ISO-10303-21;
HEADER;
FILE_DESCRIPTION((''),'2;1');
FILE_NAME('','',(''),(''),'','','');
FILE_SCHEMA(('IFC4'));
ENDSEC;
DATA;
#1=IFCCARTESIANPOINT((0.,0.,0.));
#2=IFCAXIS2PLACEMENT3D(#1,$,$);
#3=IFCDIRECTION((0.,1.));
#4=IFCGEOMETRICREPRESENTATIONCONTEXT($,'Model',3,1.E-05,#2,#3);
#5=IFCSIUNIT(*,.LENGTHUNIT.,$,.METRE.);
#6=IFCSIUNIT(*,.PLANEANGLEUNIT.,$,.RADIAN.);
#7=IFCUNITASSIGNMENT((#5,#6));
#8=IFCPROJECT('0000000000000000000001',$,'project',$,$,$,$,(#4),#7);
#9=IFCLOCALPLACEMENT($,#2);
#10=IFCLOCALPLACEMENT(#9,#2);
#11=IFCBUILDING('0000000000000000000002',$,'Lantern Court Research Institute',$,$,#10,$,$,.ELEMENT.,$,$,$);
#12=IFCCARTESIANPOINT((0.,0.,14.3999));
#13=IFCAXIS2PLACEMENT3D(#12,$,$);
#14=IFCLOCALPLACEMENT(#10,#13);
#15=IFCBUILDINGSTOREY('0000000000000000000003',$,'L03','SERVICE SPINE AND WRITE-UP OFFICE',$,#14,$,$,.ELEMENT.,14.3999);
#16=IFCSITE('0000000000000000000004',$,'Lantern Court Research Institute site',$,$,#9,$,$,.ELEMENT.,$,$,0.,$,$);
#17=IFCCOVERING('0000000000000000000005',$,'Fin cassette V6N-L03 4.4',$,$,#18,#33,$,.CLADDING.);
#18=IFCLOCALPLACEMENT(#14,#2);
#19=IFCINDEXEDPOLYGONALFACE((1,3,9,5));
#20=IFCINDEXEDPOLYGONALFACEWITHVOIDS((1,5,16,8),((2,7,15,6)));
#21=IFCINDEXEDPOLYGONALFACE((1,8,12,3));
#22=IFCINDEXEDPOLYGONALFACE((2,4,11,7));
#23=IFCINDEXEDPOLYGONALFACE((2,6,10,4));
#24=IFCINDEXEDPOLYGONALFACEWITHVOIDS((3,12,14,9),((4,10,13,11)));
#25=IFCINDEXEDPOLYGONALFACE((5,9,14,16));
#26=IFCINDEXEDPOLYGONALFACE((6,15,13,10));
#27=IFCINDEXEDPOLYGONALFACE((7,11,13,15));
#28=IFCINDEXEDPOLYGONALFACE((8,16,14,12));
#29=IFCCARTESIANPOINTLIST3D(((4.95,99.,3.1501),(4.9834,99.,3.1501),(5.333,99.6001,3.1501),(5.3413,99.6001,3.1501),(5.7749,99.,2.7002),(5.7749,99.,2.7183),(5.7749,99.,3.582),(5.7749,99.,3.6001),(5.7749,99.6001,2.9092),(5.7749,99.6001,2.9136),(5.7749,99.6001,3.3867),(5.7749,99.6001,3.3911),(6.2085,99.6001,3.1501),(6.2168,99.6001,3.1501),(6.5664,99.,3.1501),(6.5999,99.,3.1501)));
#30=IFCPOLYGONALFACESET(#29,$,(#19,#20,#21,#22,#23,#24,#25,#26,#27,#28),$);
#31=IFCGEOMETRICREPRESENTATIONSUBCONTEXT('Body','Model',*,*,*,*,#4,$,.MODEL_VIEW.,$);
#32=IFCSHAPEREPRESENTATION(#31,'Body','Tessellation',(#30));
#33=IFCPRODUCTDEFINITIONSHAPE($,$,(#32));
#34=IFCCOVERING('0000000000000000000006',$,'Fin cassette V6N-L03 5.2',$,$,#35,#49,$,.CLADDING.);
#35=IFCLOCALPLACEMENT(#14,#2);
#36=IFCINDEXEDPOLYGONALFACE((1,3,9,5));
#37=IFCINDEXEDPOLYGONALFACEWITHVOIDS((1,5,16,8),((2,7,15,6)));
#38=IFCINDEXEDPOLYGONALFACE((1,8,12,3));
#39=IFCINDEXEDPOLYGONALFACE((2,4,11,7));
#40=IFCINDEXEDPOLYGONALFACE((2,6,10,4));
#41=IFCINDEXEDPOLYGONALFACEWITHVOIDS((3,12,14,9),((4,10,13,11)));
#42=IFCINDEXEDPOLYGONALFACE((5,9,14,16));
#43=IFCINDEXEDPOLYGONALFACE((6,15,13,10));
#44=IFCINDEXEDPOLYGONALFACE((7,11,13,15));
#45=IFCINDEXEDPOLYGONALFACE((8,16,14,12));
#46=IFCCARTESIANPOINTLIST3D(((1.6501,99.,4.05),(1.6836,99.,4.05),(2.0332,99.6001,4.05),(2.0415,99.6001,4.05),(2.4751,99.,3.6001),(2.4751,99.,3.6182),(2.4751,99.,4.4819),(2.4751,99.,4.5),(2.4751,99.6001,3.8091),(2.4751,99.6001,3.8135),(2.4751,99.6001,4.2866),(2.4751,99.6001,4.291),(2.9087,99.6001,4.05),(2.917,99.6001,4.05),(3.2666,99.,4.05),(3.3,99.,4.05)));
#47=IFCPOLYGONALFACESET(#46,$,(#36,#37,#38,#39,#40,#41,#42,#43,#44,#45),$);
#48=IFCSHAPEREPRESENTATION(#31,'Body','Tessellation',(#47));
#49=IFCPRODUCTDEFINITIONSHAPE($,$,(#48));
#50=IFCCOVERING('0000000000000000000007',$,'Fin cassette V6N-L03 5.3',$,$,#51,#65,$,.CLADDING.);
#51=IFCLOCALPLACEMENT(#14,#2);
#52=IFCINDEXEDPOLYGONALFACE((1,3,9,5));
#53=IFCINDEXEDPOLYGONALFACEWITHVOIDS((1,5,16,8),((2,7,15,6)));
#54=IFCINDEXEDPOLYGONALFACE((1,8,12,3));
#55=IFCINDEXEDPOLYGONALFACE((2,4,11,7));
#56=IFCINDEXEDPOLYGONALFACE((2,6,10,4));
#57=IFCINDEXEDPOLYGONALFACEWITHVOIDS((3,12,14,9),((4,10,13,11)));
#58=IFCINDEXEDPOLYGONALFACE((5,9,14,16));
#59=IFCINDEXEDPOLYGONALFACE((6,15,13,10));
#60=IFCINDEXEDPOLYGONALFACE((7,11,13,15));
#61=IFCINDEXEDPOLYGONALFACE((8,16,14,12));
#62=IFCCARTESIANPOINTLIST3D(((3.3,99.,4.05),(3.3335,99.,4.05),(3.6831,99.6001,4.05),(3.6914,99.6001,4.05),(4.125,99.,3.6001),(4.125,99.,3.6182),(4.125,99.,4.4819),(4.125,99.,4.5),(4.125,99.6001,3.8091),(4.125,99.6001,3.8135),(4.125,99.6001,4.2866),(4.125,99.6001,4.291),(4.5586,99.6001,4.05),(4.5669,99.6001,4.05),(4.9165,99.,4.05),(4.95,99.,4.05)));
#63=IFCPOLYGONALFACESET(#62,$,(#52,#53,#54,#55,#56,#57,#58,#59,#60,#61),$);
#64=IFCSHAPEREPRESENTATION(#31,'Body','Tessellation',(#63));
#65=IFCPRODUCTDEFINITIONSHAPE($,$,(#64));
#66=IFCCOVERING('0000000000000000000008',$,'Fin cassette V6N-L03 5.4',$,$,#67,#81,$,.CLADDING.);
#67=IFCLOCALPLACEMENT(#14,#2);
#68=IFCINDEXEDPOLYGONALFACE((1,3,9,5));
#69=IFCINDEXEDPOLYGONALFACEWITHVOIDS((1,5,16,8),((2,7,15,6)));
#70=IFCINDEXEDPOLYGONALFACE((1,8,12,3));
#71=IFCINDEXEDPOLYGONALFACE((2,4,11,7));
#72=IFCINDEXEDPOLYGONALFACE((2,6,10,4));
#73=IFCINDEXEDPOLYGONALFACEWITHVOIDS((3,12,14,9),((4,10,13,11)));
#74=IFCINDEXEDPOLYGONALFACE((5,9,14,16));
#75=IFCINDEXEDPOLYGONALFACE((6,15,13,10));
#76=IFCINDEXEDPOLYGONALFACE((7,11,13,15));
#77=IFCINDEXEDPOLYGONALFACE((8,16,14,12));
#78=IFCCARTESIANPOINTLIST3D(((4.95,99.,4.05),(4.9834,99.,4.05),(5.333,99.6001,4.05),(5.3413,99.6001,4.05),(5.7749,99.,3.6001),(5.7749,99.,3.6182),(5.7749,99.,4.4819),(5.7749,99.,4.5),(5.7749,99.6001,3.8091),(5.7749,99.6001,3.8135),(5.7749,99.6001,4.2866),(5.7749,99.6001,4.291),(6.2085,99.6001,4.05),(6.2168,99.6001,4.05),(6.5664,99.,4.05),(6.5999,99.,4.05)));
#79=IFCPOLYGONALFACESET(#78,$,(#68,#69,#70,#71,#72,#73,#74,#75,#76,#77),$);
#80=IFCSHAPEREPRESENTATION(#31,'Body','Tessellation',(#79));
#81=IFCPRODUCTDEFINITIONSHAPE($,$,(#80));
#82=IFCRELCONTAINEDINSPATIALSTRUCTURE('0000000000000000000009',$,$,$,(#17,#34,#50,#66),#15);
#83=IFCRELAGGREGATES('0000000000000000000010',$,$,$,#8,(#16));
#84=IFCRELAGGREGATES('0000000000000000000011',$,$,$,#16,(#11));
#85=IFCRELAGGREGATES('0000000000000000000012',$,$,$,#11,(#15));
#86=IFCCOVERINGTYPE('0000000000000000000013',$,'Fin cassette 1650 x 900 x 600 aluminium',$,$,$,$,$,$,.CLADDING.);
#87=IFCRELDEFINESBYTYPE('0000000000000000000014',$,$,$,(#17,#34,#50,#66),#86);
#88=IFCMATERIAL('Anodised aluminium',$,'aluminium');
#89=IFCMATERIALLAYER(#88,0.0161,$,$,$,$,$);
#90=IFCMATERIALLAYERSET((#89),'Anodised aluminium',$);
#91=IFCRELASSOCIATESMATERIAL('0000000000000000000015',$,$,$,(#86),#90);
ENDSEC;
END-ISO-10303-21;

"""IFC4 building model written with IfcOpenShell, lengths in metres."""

from ifc_helpers import new_model, entity, si_unit, direction, frame, origin, place, context, subcontext, project, spatial, material, layer, layer_set, type_object, element, save


model = new_model("IFC4")

# Units and contexts
model_context = context("Model", 3, precision=1e-05, world=origin(), true_north=direction((0.0, 1.0)))
body_context = subcontext(model_context, "Body", "Model", "MODEL_VIEW")
ifc_project = project(units=[si_unit("LENGTHUNIT", "METRE"), si_unit("PLANEANGLEUNIT", "RADIAN")], contexts=[model_context])

# Site, building, storey
site_placement = place(None, origin())
site = spatial("IfcSite", under=ifc_project, at=site_placement, Name="Lantern Court Research Institute site", CompositionType="ELEMENT", RefElevation=0.0)
building_placement = place(site_placement, origin())
building = spatial("IfcBuilding", under=site, at=building_placement, Name="Lantern Court Research Institute", CompositionType="ELEMENT")
storey_placement = place(building_placement, frame((0.0, 0.0, 14.3999)))
storey = spatial("IfcBuildingStorey", under=building, at=storey_placement, Name="L03", Description="SERVICE SPINE AND WRITE-UP OFFICE", CompositionType="ELEMENT", Elevation=14.3999)

# Coverings
ifc_material_1 = material(Name="Anodised aluminium", Category="aluminium")
ifc_layer_1 = layer(ifc_material_1, 0.0161)
ifc_layer_set_1 = layer_set([ifc_layer_1], Name="Anodised aluminium")
covering_type_1 = type_object("IfcCoveringType", Name="Fin cassette 1650 x 900 x 600 aluminium", PredefinedType="CLADDING", material=ifc_layer_set_1)
covering_1_placement = place(storey_placement, frame((5.7749, 99.0, 3.1501), z_axis=(0.0, 1.0, 0.0), x_axis=(-1.0, 0.0, 0.0)))
cartesian_point_1 = entity("IfcCartesianPoint", [0.825, 0.0])
cartesian_point_2 = entity("IfcCartesianPoint", [0.7915, 0.0])
cartesian_point_3 = entity("IfcCartesianPoint", [0.4419, 0.0])
cartesian_point_4 = entity("IfcCartesianPoint", [0.4336, 0.0])
element("IfcCovering", 1, at=covering_1_placement, inside=storey, type_object=covering_type_1, Name="Fin cassette V6N-L03 4.4", PredefinedType="CLADDING", context=body_context, shape_type="SweptSolid", body=[
    entity("IfcExtrudedAreaSolidTapered", entity("IfcArbitraryProfileDefWithVoids", "AREA", None, entity("IfcPolyline", [cartesian_point_1, entity("IfcCartesianPoint", [0.0, 0.45]), entity("IfcCartesianPoint", [-0.825, 0.0]), entity("IfcCartesianPoint", [0.0, -0.45]), cartesian_point_1]), [entity("IfcPolyline", [cartesian_point_2, entity("IfcCartesianPoint", [0.0, 0.4319]), entity("IfcCartesianPoint", [-0.7915, 0.0]), entity("IfcCartesianPoint", [0.0, -0.4319]), cartesian_point_2])]), entity("IfcAxis2Placement3D", entity("IfcCartesianPoint", [0.0, 0.0, 0.0])), entity("IfcDirection", [0.0, 0.0, 1.0]), 0.6001, entity("IfcArbitraryProfileDefWithVoids", "AREA", None, entity("IfcPolyline", [cartesian_point_3, entity("IfcCartesianPoint", [0.0, 0.241]), entity("IfcCartesianPoint", [-0.4419, 0.0]), entity("IfcCartesianPoint", [0.0, -0.241]), cartesian_point_3]), [entity("IfcPolyline", [cartesian_point_4, entity("IfcCartesianPoint", [0.0, 0.2366]), entity("IfcCartesianPoint", [-0.4336, 0.0]), entity("IfcCartesianPoint", [0.0, -0.2366]), cartesian_point_4])])),
])
covering_2_placement = place(storey_placement, frame((2.4751, 99.0, 4.05), z_axis=(0.0, 1.0, 0.0), x_axis=(-1.0, 0.0, 0.0)))
cartesian_point_5 = entity("IfcCartesianPoint", [0.825, 0.0])
cartesian_point_6 = entity("IfcCartesianPoint", [0.7915, 0.0])
cartesian_point_7 = entity("IfcCartesianPoint", [0.4419, 0.0])
cartesian_point_8 = entity("IfcCartesianPoint", [0.4336, 0.0])
element("IfcCovering", 2, at=covering_2_placement, inside=storey, type_object=covering_type_1, Name="Fin cassette V6N-L03 5.2", PredefinedType="CLADDING", context=body_context, shape_type="SweptSolid", body=[
    entity("IfcExtrudedAreaSolidTapered", entity("IfcArbitraryProfileDefWithVoids", "AREA", None, entity("IfcPolyline", [cartesian_point_5, entity("IfcCartesianPoint", [0.0, 0.45]), entity("IfcCartesianPoint", [-0.825, 0.0]), entity("IfcCartesianPoint", [0.0, -0.45]), cartesian_point_5]), [entity("IfcPolyline", [cartesian_point_6, entity("IfcCartesianPoint", [0.0, 0.4319]), entity("IfcCartesianPoint", [-0.7915, 0.0]), entity("IfcCartesianPoint", [0.0, -0.4319]), cartesian_point_6])]), entity("IfcAxis2Placement3D", entity("IfcCartesianPoint", [0.0, 0.0, 0.0])), entity("IfcDirection", [0.0, 0.0, 1.0]), 0.6001, entity("IfcArbitraryProfileDefWithVoids", "AREA", None, entity("IfcPolyline", [cartesian_point_7, entity("IfcCartesianPoint", [0.0, 0.241]), entity("IfcCartesianPoint", [-0.4419, 0.0]), entity("IfcCartesianPoint", [0.0, -0.241]), cartesian_point_7]), [entity("IfcPolyline", [cartesian_point_8, entity("IfcCartesianPoint", [0.0, 0.2366]), entity("IfcCartesianPoint", [-0.4336, 0.0]), entity("IfcCartesianPoint", [0.0, -0.2366]), cartesian_point_8])])),
])
covering_3_placement = place(storey_placement, frame((4.125, 99.0, 4.05), z_axis=(0.0, 1.0, 0.0), x_axis=(-1.0, 0.0, 0.0)))
cartesian_point_9 = entity("IfcCartesianPoint", [0.825, 0.0])
cartesian_point_10 = entity("IfcCartesianPoint", [0.7915, 0.0])
cartesian_point_11 = entity("IfcCartesianPoint", [0.4419, 0.0])
cartesian_point_12 = entity("IfcCartesianPoint", [0.4336, 0.0])
element("IfcCovering", 3, at=covering_3_placement, inside=storey, type_object=covering_type_1, Name="Fin cassette V6N-L03 5.3", PredefinedType="CLADDING", context=body_context, shape_type="SweptSolid", body=[
    entity("IfcExtrudedAreaSolidTapered", entity("IfcArbitraryProfileDefWithVoids", "AREA", None, entity("IfcPolyline", [cartesian_point_9, entity("IfcCartesianPoint", [0.0, 0.45]), entity("IfcCartesianPoint", [-0.825, 0.0]), entity("IfcCartesianPoint", [0.0, -0.45]), cartesian_point_9]), [entity("IfcPolyline", [cartesian_point_10, entity("IfcCartesianPoint", [0.0, 0.4319]), entity("IfcCartesianPoint", [-0.7915, 0.0]), entity("IfcCartesianPoint", [0.0, -0.4319]), cartesian_point_10])]), entity("IfcAxis2Placement3D", entity("IfcCartesianPoint", [0.0, 0.0, 0.0])), entity("IfcDirection", [0.0, 0.0, 1.0]), 0.6001, entity("IfcArbitraryProfileDefWithVoids", "AREA", None, entity("IfcPolyline", [cartesian_point_11, entity("IfcCartesianPoint", [0.0, 0.241]), entity("IfcCartesianPoint", [-0.4419, 0.0]), entity("IfcCartesianPoint", [0.0, -0.241]), cartesian_point_11]), [entity("IfcPolyline", [cartesian_point_12, entity("IfcCartesianPoint", [0.0, 0.2366]), entity("IfcCartesianPoint", [-0.4336, 0.0]), entity("IfcCartesianPoint", [0.0, -0.2366]), cartesian_point_12])])),
])
covering_4_placement = place(storey_placement, frame((5.7749, 99.0, 4.05), z_axis=(0.0, 1.0, 0.0), x_axis=(-1.0, 0.0, 0.0)))
cartesian_point_13 = entity("IfcCartesianPoint", [0.825, 0.0])
cartesian_point_14 = entity("IfcCartesianPoint", [0.7915, 0.0])
cartesian_point_15 = entity("IfcCartesianPoint", [0.4419, 0.0])
cartesian_point_16 = entity("IfcCartesianPoint", [0.4336, 0.0])
element("IfcCovering", 4, at=covering_4_placement, inside=storey, type_object=covering_type_1, Name="Fin cassette V6N-L03 5.4", PredefinedType="CLADDING", context=body_context, shape_type="SweptSolid", body=[
    entity("IfcExtrudedAreaSolidTapered", entity("IfcArbitraryProfileDefWithVoids", "AREA", None, entity("IfcPolyline", [cartesian_point_13, entity("IfcCartesianPoint", [0.0, 0.45]), entity("IfcCartesianPoint", [-0.825, 0.0]), entity("IfcCartesianPoint", [0.0, -0.45]), cartesian_point_13]), [entity("IfcPolyline", [cartesian_point_14, entity("IfcCartesianPoint", [0.0, 0.4319]), entity("IfcCartesianPoint", [-0.7915, 0.0]), entity("IfcCartesianPoint", [0.0, -0.4319]), cartesian_point_14])]), entity("IfcAxis2Placement3D", entity("IfcCartesianPoint", [0.0, 0.0, 0.0])), entity("IfcDirection", [0.0, 0.0, 1.0]), 0.6001, entity("IfcArbitraryProfileDefWithVoids", "AREA", None, entity("IfcPolyline", [cartesian_point_15, entity("IfcCartesianPoint", [0.0, 0.241]), entity("IfcCartesianPoint", [-0.4419, 0.0]), entity("IfcCartesianPoint", [0.0, -0.241]), cartesian_point_15]), [entity("IfcPolyline", [cartesian_point_16, entity("IfcCartesianPoint", [0.0, 0.2366]), entity("IfcCartesianPoint", [-0.4336, 0.0]), entity("IfcCartesianPoint", [0.0, -0.2366]), cartesian_point_16])])),
])

save(model, "model.ifc")
